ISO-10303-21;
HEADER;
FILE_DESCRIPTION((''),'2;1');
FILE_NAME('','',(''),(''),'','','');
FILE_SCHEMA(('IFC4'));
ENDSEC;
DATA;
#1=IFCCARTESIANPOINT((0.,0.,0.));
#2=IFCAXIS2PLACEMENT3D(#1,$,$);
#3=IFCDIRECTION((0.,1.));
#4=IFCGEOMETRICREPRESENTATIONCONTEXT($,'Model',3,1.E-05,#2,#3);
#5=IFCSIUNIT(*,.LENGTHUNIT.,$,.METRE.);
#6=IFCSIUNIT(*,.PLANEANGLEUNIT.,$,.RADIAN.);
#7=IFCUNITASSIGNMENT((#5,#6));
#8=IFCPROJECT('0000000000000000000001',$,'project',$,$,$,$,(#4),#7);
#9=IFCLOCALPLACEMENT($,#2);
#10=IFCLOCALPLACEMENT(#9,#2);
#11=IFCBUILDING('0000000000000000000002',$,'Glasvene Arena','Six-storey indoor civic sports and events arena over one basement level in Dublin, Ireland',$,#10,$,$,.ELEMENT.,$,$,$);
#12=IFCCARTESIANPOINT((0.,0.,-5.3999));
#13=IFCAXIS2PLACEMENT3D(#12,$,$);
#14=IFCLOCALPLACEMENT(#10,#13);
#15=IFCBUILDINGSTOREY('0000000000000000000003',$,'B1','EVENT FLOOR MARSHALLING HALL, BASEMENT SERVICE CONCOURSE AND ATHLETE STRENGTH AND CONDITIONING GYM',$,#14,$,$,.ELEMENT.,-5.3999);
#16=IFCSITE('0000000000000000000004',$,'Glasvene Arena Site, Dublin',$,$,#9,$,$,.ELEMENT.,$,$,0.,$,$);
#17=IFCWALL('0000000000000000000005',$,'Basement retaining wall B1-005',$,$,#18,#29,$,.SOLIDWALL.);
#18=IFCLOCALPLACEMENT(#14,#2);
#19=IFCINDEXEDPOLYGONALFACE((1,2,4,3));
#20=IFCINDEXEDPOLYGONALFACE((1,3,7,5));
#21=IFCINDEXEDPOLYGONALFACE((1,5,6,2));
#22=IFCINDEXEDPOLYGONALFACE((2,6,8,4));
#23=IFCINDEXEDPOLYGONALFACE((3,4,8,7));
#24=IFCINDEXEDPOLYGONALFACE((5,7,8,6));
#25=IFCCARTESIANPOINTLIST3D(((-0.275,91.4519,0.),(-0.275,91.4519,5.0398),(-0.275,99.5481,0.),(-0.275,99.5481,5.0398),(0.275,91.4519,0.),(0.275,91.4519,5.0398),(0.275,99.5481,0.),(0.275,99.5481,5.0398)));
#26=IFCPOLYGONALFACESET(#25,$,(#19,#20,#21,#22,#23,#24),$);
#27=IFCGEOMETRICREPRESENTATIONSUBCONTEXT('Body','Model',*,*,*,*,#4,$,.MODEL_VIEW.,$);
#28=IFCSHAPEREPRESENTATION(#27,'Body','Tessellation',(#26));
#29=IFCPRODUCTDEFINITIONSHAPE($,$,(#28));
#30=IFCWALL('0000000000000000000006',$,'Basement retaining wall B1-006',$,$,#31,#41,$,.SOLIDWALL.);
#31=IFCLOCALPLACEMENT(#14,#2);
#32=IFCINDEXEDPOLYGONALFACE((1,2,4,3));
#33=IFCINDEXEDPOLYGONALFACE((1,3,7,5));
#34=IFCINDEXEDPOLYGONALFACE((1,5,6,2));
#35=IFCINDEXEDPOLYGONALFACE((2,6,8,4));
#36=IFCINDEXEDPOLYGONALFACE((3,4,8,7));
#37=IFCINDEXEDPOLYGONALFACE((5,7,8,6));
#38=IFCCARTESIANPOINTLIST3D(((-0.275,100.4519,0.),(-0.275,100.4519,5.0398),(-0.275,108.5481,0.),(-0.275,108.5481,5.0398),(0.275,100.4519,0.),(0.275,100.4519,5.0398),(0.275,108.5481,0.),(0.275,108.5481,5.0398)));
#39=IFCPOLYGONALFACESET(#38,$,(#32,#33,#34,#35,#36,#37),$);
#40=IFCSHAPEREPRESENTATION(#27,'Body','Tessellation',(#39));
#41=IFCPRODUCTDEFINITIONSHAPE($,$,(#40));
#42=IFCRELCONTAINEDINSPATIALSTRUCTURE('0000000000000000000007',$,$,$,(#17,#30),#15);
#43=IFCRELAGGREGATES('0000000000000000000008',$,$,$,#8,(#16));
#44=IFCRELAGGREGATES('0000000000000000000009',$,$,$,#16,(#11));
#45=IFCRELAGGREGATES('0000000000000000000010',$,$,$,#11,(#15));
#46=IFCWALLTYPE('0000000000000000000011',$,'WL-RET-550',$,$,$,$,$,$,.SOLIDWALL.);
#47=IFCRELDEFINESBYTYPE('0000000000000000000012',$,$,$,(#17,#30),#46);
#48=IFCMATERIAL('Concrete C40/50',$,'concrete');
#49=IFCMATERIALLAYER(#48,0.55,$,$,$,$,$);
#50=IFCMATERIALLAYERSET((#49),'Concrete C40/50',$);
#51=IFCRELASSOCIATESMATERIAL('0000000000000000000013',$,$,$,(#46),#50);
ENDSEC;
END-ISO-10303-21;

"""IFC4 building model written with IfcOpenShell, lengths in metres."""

from ifc_helpers import new_model, si_unit, direction, frame, frame_2d, origin, place, context, subcontext, project, spatial, rectangle, extrude, material, layer, layer_set, type_object, element, save


model = new_model("IFC4")

# Units and contexts
model_context = context("Model", 3, precision=1e-05, world=origin(), true_north=direction((0.0, 1.0)))
body_context = subcontext(model_context, "Body", "Model", "MODEL_VIEW")
ifc_project = project(units=[si_unit("LENGTHUNIT", "METRE"), si_unit("PLANEANGLEUNIT", "RADIAN")], contexts=[model_context])

# Site, building, storey
site_placement = place(None, origin())
site = spatial("IfcSite", under=ifc_project, at=site_placement, Name="Glasvene Arena Site, Dublin", CompositionType="ELEMENT", RefElevation=0.0)
building_placement = place(site_placement, origin())
building = spatial("IfcBuilding", under=site, at=building_placement, Name="Glasvene Arena", Description="Six-storey indoor civic sports and events arena over one basement level in Dublin, Ireland", CompositionType="ELEMENT")
storey_placement = place(building_placement, frame((0.0, 0.0, -5.3999)))
storey = spatial("IfcBuildingStorey", under=building, at=storey_placement, Name="B1", Description="EVENT FLOOR MARSHALLING HALL, BASEMENT SERVICE CONCOURSE AND ATHLETE STRENGTH AND CONDITIONING GYM", CompositionType="ELEMENT", Elevation=-5.3999)

# Shared definitions
ifc_material_1 = material(Name="Concrete C40/50", Category="concrete")

# Walls
ifc_layer_1 = layer(ifc_material_1, 0.55)
ifc_layer_set_1 = layer_set([ifc_layer_1], Name="Concrete C40/50")
wall_type_1 = type_object("IfcWallType", Name="WL-RET-550", PredefinedType="SOLIDWALL", material=ifc_layer_set_1)
for number, where, z_axis, x_axis, name in (
    (1, (0.0, 91.4519, 0.0), (0.0, 0.0, 1.0), (0.0, 1.0, 0.0), "Basement retaining wall B1-005"),
    (2, (0.0, 100.4519, 0.0), (0.0, 0.0, 1.0), (0.0, 1.0, 0.0), "Basement retaining wall B1-006"),
):
    element("IfcWall", number, at=place(storey_placement, frame(where, z_axis=z_axis, x_axis=x_axis)), inside=storey, type_object=wall_type_1, Name=name, PredefinedType="SOLIDWALL", context=body_context, shape_type="SweptSolid", body=[
        extrude(rectangle(XDim=8.0962, YDim=0.55, at=frame_2d((4.0481, 0.0))), origin(), (0.0, 0.0, 1.0), 5.0398),
    ])

save(model, "model.ifc")
